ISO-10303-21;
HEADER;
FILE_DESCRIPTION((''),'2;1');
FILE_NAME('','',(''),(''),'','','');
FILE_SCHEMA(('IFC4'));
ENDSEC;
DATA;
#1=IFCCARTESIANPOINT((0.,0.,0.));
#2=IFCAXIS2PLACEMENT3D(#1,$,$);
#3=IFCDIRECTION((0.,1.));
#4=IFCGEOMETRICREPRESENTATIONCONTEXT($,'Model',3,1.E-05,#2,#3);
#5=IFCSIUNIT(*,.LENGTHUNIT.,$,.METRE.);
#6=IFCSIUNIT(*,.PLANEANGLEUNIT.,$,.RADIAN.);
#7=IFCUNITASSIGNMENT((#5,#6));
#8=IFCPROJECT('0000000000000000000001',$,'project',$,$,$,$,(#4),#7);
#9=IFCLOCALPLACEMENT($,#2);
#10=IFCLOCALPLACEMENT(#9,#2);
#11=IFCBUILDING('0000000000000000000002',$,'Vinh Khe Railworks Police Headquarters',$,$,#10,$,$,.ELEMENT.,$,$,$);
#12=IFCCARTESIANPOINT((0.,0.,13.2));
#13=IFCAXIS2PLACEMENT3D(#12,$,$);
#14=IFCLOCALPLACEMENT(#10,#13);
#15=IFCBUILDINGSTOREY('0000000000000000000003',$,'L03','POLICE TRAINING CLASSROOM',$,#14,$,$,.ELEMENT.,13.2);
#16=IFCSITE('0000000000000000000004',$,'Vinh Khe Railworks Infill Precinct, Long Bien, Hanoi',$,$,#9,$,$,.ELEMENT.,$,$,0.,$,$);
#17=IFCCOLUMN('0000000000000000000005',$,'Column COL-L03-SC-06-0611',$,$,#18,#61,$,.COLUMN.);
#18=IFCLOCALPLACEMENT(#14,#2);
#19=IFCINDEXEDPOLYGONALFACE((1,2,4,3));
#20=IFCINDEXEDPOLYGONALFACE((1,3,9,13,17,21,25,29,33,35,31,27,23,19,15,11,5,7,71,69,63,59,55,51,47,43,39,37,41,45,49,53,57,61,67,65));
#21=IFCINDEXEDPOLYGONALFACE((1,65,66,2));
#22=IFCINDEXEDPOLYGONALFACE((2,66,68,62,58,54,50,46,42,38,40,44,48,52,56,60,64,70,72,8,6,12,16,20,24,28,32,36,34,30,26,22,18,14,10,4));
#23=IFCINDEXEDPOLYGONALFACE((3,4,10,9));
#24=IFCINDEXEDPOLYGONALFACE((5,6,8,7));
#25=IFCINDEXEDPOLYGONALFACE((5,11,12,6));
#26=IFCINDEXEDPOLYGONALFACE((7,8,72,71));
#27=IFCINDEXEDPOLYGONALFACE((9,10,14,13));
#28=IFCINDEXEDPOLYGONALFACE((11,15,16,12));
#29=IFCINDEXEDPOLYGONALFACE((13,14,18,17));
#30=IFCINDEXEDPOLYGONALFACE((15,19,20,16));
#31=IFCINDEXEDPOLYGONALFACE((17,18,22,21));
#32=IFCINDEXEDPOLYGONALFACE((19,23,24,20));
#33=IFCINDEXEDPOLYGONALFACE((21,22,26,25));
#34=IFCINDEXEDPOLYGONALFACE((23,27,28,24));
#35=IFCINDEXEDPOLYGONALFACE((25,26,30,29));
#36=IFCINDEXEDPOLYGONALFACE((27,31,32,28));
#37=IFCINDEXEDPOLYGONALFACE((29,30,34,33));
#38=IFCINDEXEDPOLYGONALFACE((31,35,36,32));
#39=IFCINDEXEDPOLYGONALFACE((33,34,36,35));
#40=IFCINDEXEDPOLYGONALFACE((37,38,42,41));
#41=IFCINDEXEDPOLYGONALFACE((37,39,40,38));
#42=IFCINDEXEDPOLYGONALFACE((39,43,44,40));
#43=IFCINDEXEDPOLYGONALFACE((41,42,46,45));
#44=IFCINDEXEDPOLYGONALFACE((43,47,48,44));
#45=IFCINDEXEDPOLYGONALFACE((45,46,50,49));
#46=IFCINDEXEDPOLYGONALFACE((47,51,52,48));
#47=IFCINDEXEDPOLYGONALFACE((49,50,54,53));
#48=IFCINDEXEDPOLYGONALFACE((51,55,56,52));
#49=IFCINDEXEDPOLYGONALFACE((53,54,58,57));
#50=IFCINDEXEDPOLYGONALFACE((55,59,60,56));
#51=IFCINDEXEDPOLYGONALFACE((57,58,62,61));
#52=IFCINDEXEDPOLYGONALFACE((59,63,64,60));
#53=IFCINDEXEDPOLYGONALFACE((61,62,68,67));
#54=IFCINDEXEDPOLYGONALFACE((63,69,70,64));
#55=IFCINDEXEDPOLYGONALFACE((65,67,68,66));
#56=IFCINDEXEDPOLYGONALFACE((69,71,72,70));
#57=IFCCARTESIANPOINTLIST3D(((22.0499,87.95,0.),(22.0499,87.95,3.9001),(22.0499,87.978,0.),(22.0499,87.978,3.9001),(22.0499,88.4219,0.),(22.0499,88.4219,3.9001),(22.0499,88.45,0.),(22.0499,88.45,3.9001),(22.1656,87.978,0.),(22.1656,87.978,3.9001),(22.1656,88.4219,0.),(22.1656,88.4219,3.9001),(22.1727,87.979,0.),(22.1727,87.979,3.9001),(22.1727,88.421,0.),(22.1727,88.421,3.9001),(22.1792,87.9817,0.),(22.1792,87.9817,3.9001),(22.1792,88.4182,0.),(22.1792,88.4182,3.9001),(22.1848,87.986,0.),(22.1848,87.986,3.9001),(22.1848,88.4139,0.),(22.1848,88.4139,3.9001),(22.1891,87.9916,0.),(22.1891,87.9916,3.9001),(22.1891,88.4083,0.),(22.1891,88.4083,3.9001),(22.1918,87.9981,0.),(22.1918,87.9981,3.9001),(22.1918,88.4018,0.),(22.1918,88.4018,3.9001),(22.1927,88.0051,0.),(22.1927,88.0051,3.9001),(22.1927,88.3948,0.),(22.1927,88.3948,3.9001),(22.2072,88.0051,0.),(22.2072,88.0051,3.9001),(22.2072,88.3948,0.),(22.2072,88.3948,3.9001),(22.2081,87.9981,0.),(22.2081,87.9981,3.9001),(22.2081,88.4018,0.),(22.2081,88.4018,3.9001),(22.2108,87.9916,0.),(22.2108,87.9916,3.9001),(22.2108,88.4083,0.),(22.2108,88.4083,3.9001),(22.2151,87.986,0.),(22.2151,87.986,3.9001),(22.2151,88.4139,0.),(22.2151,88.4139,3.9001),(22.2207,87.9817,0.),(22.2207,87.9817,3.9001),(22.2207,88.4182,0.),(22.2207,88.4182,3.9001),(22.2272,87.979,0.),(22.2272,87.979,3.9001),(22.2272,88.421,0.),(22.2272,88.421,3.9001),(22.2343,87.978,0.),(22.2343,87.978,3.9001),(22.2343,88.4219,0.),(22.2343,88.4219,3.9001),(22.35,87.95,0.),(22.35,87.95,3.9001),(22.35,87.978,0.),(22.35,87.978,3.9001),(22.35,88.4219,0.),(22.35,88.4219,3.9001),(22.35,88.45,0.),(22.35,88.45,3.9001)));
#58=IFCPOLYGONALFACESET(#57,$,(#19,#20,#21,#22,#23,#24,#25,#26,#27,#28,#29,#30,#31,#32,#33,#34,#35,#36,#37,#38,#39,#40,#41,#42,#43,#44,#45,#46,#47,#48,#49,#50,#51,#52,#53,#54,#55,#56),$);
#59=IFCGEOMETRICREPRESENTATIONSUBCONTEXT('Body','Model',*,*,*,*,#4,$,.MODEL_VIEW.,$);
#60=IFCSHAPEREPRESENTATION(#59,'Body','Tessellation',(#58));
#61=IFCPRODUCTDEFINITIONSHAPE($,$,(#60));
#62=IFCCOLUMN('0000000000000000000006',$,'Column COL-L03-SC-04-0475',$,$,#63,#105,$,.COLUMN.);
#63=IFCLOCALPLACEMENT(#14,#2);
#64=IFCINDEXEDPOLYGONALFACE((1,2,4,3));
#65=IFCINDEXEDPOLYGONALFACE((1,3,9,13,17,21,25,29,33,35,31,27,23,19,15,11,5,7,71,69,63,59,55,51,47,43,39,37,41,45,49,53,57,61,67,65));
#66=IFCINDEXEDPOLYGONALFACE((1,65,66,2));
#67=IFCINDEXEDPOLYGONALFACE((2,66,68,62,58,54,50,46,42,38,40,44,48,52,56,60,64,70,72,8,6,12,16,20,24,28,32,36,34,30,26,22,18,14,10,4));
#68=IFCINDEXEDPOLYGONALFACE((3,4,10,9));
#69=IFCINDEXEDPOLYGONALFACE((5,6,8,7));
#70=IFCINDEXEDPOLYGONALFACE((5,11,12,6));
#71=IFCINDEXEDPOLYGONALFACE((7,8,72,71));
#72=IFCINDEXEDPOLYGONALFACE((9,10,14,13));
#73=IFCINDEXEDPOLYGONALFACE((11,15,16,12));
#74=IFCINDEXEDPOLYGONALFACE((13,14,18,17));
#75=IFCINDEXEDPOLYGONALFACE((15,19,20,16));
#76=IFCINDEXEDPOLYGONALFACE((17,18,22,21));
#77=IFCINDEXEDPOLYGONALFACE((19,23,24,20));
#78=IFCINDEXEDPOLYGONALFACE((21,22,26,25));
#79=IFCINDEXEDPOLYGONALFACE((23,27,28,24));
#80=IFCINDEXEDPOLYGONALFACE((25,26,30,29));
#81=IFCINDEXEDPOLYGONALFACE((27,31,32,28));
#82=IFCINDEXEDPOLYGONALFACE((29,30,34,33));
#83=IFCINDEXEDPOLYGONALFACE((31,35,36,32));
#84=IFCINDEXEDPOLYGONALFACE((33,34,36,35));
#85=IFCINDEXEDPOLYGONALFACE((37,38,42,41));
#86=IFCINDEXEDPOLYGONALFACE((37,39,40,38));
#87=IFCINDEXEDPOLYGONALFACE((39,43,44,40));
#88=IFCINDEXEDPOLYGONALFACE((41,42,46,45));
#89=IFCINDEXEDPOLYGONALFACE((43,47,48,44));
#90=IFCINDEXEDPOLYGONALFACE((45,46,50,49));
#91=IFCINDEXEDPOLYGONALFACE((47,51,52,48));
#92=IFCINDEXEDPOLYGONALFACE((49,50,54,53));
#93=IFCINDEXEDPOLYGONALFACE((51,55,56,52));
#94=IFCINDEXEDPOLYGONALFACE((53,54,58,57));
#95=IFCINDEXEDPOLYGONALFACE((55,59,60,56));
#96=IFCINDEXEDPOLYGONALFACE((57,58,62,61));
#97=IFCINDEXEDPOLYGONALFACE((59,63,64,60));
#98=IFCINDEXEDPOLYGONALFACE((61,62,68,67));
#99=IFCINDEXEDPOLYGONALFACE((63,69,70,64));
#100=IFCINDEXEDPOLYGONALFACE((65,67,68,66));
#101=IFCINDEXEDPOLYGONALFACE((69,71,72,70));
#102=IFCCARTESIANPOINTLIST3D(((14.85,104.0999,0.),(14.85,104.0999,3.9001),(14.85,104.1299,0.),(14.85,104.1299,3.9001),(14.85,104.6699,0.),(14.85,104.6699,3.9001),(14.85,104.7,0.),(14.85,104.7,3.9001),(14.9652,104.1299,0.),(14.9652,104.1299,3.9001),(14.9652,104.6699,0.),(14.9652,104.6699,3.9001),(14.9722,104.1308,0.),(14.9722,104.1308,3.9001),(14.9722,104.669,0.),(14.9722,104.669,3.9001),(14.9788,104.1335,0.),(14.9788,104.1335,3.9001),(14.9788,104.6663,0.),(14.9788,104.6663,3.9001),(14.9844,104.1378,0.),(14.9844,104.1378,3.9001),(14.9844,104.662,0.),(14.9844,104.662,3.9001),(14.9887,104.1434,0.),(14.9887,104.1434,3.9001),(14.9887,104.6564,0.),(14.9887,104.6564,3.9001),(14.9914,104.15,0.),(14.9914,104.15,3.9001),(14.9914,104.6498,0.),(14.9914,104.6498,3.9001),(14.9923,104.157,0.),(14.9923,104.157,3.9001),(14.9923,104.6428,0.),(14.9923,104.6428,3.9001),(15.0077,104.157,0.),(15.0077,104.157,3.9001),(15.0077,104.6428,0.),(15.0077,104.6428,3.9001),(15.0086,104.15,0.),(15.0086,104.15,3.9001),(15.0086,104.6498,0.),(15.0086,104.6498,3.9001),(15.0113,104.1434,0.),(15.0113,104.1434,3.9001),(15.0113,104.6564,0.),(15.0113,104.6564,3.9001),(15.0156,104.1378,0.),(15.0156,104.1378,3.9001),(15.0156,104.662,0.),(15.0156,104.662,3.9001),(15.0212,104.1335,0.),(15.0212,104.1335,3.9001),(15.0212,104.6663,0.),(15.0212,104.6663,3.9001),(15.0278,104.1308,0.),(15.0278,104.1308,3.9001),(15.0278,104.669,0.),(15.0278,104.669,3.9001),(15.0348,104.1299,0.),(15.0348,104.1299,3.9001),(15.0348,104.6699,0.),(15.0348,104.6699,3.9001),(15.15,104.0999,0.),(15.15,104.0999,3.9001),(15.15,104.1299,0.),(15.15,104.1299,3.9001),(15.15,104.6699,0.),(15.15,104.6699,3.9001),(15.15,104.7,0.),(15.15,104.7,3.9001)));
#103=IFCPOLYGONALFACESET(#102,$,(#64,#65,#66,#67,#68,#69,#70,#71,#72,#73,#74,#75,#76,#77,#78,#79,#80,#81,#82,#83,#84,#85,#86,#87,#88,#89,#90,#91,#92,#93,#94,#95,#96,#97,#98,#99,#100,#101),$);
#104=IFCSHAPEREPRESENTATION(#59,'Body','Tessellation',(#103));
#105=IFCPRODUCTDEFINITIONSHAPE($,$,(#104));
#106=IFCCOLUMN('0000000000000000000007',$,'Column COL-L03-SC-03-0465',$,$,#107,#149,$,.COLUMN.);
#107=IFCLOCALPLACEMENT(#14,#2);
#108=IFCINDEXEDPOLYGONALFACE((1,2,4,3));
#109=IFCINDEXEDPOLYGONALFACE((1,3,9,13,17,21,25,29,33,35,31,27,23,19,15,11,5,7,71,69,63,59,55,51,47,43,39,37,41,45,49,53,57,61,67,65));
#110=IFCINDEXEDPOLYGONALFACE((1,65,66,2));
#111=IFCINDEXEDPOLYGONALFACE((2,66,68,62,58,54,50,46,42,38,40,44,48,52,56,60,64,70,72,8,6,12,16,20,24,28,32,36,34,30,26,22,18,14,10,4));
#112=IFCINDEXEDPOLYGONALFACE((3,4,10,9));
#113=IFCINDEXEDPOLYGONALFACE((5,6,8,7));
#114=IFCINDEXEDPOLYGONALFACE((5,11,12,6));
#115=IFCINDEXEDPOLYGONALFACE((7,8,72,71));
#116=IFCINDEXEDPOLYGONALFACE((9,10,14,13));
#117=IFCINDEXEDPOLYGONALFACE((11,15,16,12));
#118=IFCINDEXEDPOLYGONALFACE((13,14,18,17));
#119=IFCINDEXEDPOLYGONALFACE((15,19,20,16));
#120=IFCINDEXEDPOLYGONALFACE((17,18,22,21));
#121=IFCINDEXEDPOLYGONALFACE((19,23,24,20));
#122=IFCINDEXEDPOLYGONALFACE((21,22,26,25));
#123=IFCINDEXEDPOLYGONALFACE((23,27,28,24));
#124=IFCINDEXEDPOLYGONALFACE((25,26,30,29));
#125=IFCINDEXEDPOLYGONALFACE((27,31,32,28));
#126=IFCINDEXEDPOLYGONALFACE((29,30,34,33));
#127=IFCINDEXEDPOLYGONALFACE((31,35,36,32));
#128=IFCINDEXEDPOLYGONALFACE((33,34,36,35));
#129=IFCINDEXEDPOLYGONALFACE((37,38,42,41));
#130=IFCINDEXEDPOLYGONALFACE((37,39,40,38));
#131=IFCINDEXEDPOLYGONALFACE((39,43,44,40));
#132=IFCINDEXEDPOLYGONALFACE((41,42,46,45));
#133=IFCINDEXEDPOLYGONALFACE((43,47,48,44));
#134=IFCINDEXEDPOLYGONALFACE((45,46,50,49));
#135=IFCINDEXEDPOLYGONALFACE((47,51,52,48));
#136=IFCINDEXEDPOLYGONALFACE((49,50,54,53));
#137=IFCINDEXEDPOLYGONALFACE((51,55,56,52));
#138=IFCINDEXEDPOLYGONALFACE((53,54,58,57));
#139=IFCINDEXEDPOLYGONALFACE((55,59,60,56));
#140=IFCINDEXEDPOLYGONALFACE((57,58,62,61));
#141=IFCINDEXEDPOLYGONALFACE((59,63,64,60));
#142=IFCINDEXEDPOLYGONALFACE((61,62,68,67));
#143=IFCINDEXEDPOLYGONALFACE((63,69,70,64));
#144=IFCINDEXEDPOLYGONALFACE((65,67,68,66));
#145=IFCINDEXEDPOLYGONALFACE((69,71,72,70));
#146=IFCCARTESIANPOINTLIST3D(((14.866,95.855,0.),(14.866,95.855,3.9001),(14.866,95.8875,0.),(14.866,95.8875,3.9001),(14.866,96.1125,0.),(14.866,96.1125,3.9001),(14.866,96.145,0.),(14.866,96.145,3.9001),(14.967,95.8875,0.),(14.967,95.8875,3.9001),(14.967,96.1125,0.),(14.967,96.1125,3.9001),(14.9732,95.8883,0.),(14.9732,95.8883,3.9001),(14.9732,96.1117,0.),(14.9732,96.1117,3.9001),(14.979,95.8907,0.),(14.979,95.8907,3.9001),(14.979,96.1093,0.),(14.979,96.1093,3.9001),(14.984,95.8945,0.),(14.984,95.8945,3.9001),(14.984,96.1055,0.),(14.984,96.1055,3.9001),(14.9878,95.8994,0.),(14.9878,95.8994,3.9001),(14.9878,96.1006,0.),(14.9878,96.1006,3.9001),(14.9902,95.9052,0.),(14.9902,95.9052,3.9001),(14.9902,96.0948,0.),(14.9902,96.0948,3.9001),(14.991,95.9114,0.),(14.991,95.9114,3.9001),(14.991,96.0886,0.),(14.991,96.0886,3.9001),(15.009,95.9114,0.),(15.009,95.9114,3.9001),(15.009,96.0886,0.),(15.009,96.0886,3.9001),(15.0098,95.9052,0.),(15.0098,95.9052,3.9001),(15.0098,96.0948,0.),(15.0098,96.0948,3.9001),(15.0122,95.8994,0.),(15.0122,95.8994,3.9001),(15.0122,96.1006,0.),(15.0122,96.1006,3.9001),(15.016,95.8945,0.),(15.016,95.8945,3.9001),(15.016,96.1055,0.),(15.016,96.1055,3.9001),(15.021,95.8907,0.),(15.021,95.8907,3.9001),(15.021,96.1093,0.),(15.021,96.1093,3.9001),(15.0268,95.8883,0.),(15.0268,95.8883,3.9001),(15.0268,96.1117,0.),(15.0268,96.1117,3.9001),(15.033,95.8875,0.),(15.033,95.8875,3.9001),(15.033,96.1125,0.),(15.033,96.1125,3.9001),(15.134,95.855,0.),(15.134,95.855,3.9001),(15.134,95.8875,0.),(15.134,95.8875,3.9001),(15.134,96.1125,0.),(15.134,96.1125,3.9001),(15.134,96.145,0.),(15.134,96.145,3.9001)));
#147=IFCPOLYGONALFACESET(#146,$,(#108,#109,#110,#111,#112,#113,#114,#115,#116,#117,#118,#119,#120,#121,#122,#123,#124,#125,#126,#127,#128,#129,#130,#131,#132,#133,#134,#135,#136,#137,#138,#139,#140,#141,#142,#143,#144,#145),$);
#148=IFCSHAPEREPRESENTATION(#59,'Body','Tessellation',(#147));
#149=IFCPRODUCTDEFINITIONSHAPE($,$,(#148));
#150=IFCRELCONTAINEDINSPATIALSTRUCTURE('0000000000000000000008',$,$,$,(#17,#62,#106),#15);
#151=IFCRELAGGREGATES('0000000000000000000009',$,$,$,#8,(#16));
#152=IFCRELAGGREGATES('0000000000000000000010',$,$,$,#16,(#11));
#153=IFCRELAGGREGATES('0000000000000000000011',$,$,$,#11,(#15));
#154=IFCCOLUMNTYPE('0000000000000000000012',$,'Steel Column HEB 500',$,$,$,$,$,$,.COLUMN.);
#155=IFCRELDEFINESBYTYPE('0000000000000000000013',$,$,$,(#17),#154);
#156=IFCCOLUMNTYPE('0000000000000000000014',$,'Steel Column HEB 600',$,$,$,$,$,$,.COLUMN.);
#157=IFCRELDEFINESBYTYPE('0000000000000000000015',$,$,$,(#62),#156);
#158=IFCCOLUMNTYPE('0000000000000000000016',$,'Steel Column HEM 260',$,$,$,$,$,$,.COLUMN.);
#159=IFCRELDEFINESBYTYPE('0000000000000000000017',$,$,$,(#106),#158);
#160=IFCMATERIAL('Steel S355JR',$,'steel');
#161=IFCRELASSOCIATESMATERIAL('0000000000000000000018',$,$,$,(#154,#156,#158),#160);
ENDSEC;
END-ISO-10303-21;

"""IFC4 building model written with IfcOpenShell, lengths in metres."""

from ifc_helpers import new_model, si_unit, direction, frame, origin, origin_2d, place, context, subcontext, project, spatial, i_section, extrude, material, material_profile, profile_set, type_object, element, save


model = new_model("IFC4")

# Units and contexts
model_context = context("Model", 3, precision=1e-05, world=origin(), true_north=direction((0.0, 1.0)))
body_context = subcontext(model_context, "Body", "Model", "MODEL_VIEW")
ifc_project = project(units=[si_unit("LENGTHUNIT", "METRE"), si_unit("PLANEANGLEUNIT", "RADIAN")], contexts=[model_context])

# Site, building, storey
site_placement = place(None, origin())
site = spatial("IfcSite", under=ifc_project, at=site_placement, Name="Vinh Khe Railworks Infill Precinct, Long Bien, Hanoi", CompositionType="ELEMENT", RefElevation=0.0)
building_placement = place(site_placement, origin())
building = spatial("IfcBuilding", under=site, at=building_placement, Name="Vinh Khe Railworks Police Headquarters", CompositionType="ELEMENT")
storey_placement = place(building_placement, frame((0.0, 0.0, 13.2)))
storey = spatial("IfcBuildingStorey", under=building, at=storey_placement, Name="L03", Description="POLICE TRAINING CLASSROOM", CompositionType="ELEMENT", Elevation=13.2)

# Columns
ifc_material_1 = material(Name="Steel S355JR", Category="steel")
ifc_material_profile_1 = material_profile(ifc_material_1, i_section(OverallWidth=0.3, OverallDepth=0.5, WebThickness=0.0144, FlangeThickness=0.0281, FilletRadius=0.0271, at=origin_2d()), Name="HEB 500")
ifc_profile_set_1 = profile_set([ifc_material_profile_1], Name="Steel S355JR")
column_type_1 = type_object("IfcColumnType", Name="Steel Column HEB 500", PredefinedType="COLUMN", material=ifc_profile_set_1)
column_1_placement = place(storey_placement, frame((22.2, 88.2, 0.0), z_axis=(0.0, 0.0, 1.0), x_axis=(1.0, 0.0, 0.0)))
element("IfcColumn", 1, at=column_1_placement, inside=storey, type_object=column_type_1, Name="Column COL-L03-SC-06-0611", PredefinedType="COLUMN", context=body_context, shape_type="SweptSolid", body=[
    extrude(i_section(OverallWidth=0.3, OverallDepth=0.5, WebThickness=0.0144, FlangeThickness=0.0281, FilletRadius=0.0271, at=origin_2d()), origin(), (0.0, 0.0, 1.0), 3.9001),
])
ifc_material_profile_2 = material_profile(ifc_material_1, i_section(OverallWidth=0.3, OverallDepth=0.6001, WebThickness=0.0154, FlangeThickness=0.03, FilletRadius=0.0271, at=origin_2d()), Name="HEB 600")
ifc_profile_set_2 = profile_set([ifc_material_profile_2], Name="Steel S355JR")
column_type_2 = type_object("IfcColumnType", Name="Steel Column HEB 600", PredefinedType="COLUMN", material=ifc_profile_set_2)
column_2_placement = place(storey_placement, frame((15.0, 104.3999, 0.0), z_axis=(0.0, 0.0, 1.0), x_axis=(1.0, 0.0, 0.0)))
element("IfcColumn", 2, at=column_2_placement, inside=storey, type_object=column_type_2, Name="Column COL-L03-SC-04-0475", PredefinedType="COLUMN", context=body_context, shape_type="SweptSolid", body=[
    extrude(i_section(OverallWidth=0.3, OverallDepth=0.6001, WebThickness=0.0154, FlangeThickness=0.03, FilletRadius=0.0271, at=origin_2d()), origin(), (0.0, 0.0, 1.0), 3.9001),
])
ifc_material_profile_3 = material_profile(ifc_material_1, i_section(OverallWidth=0.2681, OverallDepth=0.29, WebThickness=0.0181, FlangeThickness=0.0325, FilletRadius=0.0239, at=origin_2d()), Name="HEM 260")
ifc_profile_set_3 = profile_set([ifc_material_profile_3], Name="Steel S355JR")
column_type_3 = type_object("IfcColumnType", Name="Steel Column HEM 260", PredefinedType="COLUMN", material=ifc_profile_set_3)
column_3_placement = place(storey_placement, frame((15.0, 96.0, 0.0), z_axis=(0.0, 0.0, 1.0), x_axis=(1.0, 0.0, 0.0)))
element("IfcColumn", 3, at=column_3_placement, inside=storey, type_object=column_type_3, Name="Column COL-L03-SC-03-0465", PredefinedType="COLUMN", context=body_context, shape_type="SweptSolid", body=[
    extrude(i_section(OverallWidth=0.2681, OverallDepth=0.29, WebThickness=0.0181, FlangeThickness=0.0325, FilletRadius=0.0239, at=origin_2d()), origin(), (0.0, 0.0, 1.0), 3.9001),
])

save(model, "model.ifc")
